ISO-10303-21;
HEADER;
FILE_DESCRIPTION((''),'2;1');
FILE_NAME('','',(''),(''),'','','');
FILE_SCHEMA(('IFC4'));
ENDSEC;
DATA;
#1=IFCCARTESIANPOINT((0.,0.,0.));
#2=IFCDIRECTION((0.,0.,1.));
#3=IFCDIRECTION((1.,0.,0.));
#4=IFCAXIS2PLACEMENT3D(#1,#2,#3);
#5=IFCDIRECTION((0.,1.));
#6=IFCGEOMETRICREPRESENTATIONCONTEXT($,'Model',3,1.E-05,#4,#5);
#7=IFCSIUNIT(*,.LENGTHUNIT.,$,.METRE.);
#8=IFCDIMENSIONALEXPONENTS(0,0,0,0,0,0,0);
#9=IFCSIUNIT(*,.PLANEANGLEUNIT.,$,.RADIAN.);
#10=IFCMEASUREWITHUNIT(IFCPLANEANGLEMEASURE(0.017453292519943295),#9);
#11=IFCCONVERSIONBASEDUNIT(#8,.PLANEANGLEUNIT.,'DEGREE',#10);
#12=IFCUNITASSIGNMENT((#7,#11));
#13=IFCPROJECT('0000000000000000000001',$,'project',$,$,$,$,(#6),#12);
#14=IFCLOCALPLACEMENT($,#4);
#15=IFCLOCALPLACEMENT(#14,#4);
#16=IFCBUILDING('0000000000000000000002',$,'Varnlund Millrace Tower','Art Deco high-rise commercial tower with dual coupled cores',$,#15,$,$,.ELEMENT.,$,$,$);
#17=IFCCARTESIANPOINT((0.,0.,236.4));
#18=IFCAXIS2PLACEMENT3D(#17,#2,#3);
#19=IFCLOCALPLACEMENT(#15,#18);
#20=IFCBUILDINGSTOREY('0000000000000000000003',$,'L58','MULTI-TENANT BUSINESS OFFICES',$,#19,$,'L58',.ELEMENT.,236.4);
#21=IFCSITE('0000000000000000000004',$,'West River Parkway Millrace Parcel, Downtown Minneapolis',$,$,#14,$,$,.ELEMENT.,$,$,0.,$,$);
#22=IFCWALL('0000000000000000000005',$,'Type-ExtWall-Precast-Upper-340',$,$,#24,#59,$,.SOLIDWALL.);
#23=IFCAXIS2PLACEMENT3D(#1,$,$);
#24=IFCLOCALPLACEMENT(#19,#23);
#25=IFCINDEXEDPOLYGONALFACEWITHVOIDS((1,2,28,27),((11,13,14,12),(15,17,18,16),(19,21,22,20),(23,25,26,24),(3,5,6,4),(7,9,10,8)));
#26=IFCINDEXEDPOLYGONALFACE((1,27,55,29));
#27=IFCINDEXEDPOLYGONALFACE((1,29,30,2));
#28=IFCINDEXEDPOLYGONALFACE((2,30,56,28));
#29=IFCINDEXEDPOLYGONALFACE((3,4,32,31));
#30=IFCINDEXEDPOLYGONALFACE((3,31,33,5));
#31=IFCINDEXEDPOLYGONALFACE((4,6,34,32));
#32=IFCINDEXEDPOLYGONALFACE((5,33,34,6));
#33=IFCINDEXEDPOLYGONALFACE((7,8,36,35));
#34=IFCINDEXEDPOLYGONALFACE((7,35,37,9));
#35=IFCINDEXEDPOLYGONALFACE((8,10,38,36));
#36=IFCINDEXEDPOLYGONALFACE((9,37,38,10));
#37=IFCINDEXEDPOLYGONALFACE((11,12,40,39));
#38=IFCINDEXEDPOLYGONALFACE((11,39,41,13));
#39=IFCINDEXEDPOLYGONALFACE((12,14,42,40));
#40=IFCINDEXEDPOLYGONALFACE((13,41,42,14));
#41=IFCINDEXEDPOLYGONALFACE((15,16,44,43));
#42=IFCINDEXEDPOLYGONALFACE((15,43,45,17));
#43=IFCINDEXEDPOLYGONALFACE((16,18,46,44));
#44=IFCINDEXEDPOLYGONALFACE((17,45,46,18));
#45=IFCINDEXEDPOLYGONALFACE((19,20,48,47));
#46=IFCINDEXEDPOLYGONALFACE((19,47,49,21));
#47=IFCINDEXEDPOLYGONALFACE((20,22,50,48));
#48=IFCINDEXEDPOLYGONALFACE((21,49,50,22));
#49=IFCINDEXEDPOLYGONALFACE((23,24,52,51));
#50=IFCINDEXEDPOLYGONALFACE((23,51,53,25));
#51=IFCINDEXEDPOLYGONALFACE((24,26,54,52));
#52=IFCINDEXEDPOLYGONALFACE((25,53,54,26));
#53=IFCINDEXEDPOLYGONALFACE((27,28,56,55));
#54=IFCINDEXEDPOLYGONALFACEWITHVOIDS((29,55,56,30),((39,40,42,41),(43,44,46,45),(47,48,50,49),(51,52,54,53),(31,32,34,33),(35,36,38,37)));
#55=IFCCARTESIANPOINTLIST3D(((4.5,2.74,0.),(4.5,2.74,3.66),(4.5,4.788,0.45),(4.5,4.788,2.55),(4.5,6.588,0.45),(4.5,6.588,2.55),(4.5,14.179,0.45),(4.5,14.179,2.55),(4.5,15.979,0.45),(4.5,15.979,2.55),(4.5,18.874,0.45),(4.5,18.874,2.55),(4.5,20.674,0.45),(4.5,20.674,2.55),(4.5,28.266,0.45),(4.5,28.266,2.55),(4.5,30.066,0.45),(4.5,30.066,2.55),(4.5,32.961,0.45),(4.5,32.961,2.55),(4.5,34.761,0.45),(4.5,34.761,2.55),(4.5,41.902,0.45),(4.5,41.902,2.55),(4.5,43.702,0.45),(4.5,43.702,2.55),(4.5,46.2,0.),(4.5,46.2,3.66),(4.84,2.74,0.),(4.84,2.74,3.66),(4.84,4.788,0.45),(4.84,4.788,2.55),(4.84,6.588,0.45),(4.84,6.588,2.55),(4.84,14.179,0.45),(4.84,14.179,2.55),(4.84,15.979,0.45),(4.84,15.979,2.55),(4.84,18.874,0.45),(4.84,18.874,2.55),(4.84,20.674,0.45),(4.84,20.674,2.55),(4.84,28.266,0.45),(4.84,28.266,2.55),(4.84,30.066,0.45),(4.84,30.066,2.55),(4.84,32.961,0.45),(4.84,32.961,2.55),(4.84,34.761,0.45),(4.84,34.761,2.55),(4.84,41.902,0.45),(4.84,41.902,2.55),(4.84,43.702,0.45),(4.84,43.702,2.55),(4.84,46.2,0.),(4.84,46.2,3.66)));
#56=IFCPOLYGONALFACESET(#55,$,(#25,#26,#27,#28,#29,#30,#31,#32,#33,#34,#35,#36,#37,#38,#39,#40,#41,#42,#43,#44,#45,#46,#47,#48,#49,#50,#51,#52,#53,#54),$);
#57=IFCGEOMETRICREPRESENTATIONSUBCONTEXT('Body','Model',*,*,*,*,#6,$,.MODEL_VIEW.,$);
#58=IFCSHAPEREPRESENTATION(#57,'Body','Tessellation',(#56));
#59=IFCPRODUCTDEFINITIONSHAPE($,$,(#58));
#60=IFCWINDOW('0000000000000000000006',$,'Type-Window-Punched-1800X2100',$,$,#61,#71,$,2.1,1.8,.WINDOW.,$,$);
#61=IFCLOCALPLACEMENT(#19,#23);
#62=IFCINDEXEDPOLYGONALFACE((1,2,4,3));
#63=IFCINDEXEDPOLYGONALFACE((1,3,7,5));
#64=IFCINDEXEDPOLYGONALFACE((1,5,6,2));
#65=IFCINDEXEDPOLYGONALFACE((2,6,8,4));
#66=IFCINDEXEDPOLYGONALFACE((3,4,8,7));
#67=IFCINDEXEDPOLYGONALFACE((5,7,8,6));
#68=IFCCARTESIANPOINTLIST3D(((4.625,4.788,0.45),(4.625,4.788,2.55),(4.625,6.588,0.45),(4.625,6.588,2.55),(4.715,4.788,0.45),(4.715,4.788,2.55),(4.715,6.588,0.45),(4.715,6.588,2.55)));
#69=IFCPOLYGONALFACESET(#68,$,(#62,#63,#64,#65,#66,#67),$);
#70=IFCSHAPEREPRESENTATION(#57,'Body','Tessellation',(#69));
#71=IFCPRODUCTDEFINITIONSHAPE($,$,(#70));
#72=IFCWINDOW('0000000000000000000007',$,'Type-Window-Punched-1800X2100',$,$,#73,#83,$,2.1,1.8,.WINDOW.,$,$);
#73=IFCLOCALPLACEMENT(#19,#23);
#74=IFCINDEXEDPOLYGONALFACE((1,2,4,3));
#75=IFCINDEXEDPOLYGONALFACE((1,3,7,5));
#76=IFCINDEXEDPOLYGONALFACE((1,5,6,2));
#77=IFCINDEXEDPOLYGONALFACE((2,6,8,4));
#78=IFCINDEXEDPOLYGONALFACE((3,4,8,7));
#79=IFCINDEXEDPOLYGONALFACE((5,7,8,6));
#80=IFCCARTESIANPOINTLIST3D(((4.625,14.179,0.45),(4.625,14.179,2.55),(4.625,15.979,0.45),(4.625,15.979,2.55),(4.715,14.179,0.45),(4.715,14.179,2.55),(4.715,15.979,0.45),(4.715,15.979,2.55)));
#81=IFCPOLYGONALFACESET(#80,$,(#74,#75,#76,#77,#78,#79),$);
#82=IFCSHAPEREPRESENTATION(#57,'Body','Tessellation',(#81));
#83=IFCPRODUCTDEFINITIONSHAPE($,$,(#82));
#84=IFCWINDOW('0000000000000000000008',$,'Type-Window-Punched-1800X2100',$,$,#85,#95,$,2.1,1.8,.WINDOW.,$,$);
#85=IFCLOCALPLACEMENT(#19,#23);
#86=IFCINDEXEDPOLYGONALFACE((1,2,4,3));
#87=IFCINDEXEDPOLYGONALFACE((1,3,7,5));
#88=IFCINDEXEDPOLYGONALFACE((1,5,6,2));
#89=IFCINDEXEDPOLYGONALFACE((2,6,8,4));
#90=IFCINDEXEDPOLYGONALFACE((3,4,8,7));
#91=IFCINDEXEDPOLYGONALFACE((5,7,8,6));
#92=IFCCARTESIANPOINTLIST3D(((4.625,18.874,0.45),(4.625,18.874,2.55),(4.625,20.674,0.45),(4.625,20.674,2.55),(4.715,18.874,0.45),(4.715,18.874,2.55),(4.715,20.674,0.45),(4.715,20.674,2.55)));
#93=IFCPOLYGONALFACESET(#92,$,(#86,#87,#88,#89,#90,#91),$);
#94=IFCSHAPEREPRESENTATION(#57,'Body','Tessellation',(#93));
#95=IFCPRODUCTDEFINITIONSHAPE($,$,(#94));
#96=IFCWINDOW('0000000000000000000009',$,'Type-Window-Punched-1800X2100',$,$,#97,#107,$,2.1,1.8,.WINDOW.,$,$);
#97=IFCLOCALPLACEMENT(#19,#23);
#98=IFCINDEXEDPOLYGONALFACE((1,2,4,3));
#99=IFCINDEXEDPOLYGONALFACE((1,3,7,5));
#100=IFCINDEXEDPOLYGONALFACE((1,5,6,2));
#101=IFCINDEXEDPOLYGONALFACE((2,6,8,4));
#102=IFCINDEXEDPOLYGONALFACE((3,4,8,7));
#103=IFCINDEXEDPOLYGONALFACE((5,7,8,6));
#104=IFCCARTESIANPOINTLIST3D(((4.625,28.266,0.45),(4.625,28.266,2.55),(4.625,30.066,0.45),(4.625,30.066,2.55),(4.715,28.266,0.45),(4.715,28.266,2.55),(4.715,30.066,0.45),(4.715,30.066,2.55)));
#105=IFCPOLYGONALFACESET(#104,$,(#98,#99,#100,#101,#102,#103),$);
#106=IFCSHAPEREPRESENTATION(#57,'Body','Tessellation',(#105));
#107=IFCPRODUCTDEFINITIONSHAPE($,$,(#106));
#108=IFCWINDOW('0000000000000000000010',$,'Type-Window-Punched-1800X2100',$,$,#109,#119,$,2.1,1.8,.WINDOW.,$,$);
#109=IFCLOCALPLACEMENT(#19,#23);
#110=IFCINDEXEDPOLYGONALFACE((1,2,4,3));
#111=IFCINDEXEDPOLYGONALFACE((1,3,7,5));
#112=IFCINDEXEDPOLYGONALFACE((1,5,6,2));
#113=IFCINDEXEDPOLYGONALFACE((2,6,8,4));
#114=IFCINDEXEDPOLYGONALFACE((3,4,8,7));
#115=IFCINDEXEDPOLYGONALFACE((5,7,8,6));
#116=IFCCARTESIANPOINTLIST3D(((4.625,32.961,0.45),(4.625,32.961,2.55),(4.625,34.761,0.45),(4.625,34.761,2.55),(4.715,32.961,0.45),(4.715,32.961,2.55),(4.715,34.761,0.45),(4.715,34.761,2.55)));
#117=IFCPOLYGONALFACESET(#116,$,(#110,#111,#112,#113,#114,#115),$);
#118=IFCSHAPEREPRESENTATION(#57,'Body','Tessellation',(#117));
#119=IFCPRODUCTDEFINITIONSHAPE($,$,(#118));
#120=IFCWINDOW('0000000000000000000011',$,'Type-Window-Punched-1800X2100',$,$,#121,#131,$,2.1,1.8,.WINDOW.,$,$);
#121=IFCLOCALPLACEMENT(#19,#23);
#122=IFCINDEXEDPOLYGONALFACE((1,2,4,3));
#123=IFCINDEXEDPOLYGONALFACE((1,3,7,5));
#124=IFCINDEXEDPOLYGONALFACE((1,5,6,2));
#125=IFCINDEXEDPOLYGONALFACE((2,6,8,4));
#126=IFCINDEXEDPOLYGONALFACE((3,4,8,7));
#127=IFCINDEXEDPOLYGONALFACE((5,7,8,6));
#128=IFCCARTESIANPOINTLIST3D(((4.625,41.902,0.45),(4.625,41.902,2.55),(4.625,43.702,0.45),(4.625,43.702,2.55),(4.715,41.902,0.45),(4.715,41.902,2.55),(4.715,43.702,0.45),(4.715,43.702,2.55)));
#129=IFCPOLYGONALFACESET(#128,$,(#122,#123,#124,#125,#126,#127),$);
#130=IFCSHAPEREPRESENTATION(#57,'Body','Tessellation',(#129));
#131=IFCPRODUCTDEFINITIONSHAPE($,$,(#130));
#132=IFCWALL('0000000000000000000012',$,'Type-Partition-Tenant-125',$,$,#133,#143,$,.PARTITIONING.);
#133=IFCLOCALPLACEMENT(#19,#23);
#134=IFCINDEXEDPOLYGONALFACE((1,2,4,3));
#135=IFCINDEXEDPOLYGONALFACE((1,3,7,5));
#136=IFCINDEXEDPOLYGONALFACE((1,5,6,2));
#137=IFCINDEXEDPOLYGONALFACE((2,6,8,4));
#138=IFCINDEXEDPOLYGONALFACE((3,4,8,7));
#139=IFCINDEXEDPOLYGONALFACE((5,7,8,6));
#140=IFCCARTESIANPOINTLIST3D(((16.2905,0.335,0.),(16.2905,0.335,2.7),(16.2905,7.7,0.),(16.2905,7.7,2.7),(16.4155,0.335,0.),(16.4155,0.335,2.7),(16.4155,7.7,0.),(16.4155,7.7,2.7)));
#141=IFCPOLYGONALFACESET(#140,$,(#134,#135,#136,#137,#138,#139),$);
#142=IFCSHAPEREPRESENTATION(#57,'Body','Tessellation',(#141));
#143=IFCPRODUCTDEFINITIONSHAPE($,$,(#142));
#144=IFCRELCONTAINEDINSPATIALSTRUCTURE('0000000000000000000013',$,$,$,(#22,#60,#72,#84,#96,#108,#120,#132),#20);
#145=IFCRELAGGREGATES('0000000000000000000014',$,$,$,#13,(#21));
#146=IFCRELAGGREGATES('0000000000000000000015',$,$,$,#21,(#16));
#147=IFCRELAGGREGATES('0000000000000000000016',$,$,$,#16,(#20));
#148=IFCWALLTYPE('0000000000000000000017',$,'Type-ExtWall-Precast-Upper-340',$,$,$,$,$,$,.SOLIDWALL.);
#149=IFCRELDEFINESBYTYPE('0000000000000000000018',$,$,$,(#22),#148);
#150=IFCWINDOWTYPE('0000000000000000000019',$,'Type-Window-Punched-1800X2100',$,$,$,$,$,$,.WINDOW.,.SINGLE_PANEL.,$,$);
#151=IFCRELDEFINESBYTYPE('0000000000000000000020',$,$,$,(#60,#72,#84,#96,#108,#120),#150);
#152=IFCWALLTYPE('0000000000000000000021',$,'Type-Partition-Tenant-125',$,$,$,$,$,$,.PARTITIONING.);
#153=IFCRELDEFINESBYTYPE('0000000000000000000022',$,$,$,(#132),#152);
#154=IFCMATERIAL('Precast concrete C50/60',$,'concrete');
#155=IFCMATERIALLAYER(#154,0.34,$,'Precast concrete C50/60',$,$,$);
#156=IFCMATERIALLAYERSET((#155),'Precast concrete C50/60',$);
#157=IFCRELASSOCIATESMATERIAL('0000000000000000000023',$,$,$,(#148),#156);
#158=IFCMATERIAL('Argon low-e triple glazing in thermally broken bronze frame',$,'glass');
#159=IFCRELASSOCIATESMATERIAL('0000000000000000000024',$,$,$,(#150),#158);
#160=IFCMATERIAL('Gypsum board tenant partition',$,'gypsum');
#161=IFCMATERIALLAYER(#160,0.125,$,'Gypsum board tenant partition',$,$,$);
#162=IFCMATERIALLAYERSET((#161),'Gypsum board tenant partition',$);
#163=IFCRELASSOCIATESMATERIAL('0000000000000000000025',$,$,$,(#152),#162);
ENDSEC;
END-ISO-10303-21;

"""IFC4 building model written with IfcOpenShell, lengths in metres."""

from ifc_helpers import new_model, entity, si_unit, converted_unit, direction, frame, origin_with_axes, origin_2d_with_axis, place, context, subcontext, project, spatial, polyline, rectangle, outline, extrude, material, layer, layer_set, type_object, element, fill, save


model = new_model("IFC4")

# Units and contexts
model_context = context("Model", 3, precision=1e-05, world=origin_with_axes(), true_north=direction((0.0, 1.0)))
body_context = subcontext(model_context, "Body", "Model", "MODEL_VIEW")
ifc_project = project(units=[si_unit("LENGTHUNIT", "METRE"), converted_unit("PLANEANGLEUNIT", "DEGREE", entity("IfcPlaneAngleMeasure", 0.017453292519943295), si_unit("PLANEANGLEUNIT", "RADIAN"), dimensions=[0, 0, 0, 0, 0, 0, 0])], contexts=[model_context])

# Site, building, storey
site_placement = place(None, origin_with_axes())
site = spatial("IfcSite", under=ifc_project, at=site_placement, Name="West River Parkway Millrace Parcel, Downtown Minneapolis", CompositionType="ELEMENT", RefElevation=0.0)
building_placement = place(site_placement, origin_with_axes())
building = spatial("IfcBuilding", under=site, at=building_placement, Name="Varnlund Millrace Tower", Description="Art Deco high-rise commercial tower with dual coupled cores", CompositionType="ELEMENT")
storey_placement = place(building_placement, frame((0.0, 0.0, 236.4), z_axis=(0.0, 0.0, 1.0), x_axis=(1.0, 0.0, 0.0)))
storey = spatial("IfcBuildingStorey", under=building, at=storey_placement, Name="L58", Description="MULTI-TENANT BUSINESS OFFICES", LongName="L58", CompositionType="ELEMENT", Elevation=236.4)

# Shared definitions
ifc_material_1 = material(Name="Precast concrete C50/60", Category="concrete")
ifc_layer_1 = layer(ifc_material_1, 0.34, Name="Precast concrete C50/60")
ifc_layer_set_1 = layer_set([ifc_layer_1], Name="Precast concrete C50/60")
wall_type_1 = type_object("IfcWallType", Name="Type-ExtWall-Precast-Upper-340", PredefinedType="SOLIDWALL", material=ifc_layer_set_1)

# Wall, openings, windows
wall_1_placement = place(storey_placement, frame((4.67, 2.74, 0.0), z_axis=(0.0, 0.0, 1.0), x_axis=(0.0, 1.0, 0.0)))
wall_1 = element("IfcWall", 1, at=wall_1_placement, inside=storey, type_object=wall_type_1, Name="Type-ExtWall-Precast-Upper-340", PredefinedType="SOLIDWALL", context=body_context, shape_type="SweptSolid", body=[
    extrude(outline(polyline([(0.0, -0.17), (43.46, -0.17), (43.46, 0.17), (0.0, 0.17), (0.0, -0.17)])), origin_with_axes(), (0.0, 0.0, 1.0), 3.66),
])
opening_1_placement = place(wall_1_placement, frame((2.948, 0.0, 0.45), z_axis=(0.0, 0.0, 1.0), x_axis=(1.0, 0.0, 0.0)))
opening_1 = element("IfcOpeningElement", 2, at=opening_1_placement, cuts=wall_1, PredefinedType="OPENING", context=body_context, shape_type="SweptSolid", body=[
    extrude(rectangle(XDim=1.8, YDim=0.36, at=origin_2d_with_axis()), origin_with_axes(), (0.0, 0.0, 1.0), 2.1),
])
opening_2_placement = place(wall_1_placement, frame((12.339, 0.0, 0.45), z_axis=(0.0, 0.0, 1.0), x_axis=(1.0, 0.0, 0.0)))
opening_2 = element("IfcOpeningElement", 3, at=opening_2_placement, cuts=wall_1, PredefinedType="OPENING", context=body_context, shape_type="SweptSolid", body=[
    extrude(rectangle(XDim=1.8, YDim=0.36, at=origin_2d_with_axis()), origin_with_axes(), (0.0, 0.0, 1.0), 2.1),
])
opening_3_placement = place(wall_1_placement, frame((17.034, 0.0, 0.45), z_axis=(0.0, 0.0, 1.0), x_axis=(1.0, 0.0, 0.0)))
opening_3 = element("IfcOpeningElement", 4, at=opening_3_placement, cuts=wall_1, PredefinedType="OPENING", context=body_context, shape_type="SweptSolid", body=[
    extrude(rectangle(XDim=1.8, YDim=0.36, at=origin_2d_with_axis()), origin_with_axes(), (0.0, 0.0, 1.0), 2.1),
])
opening_4_placement = place(wall_1_placement, frame((26.426, 0.0, 0.45), z_axis=(0.0, 0.0, 1.0), x_axis=(1.0, 0.0, 0.0)))
opening_4 = element("IfcOpeningElement", 5, at=opening_4_placement, cuts=wall_1, PredefinedType="OPENING", context=body_context, shape_type="SweptSolid", body=[
    extrude(rectangle(XDim=1.8, YDim=0.36, at=origin_2d_with_axis()), origin_with_axes(), (0.0, 0.0, 1.0), 2.1),
])
opening_5_placement = place(wall_1_placement, frame((31.121, 0.0, 0.45), z_axis=(0.0, 0.0, 1.0), x_axis=(1.0, 0.0, 0.0)))
opening_5 = element("IfcOpeningElement", 6, at=opening_5_placement, cuts=wall_1, PredefinedType="OPENING", context=body_context, shape_type="SweptSolid", body=[
    extrude(rectangle(XDim=1.8, YDim=0.36, at=origin_2d_with_axis()), origin_with_axes(), (0.0, 0.0, 1.0), 2.1),
])
opening_6_placement = place(wall_1_placement, frame((40.062, 0.0, 0.45), z_axis=(0.0, 0.0, 1.0), x_axis=(1.0, 0.0, 0.0)))
opening_6 = element("IfcOpeningElement", 7, at=opening_6_placement, cuts=wall_1, PredefinedType="OPENING", context=body_context, shape_type="SweptSolid", body=[
    extrude(rectangle(XDim=1.8, YDim=0.36, at=origin_2d_with_axis()), origin_with_axes(), (0.0, 0.0, 1.0), 2.1),
])
ifc_material_2 = material(Name="Argon low-e triple glazing in thermally broken bronze frame", Category="glass")
window_type = type_object("IfcWindowType", Name="Type-Window-Punched-1800X2100", PartitioningType="SINGLE_PANEL", PredefinedType="WINDOW", material=ifc_material_2)
window_1_placement = place(wall_1_placement, frame((2.948, 0.0, 0.45), z_axis=(0.0, 0.0, 1.0), x_axis=(1.0, 0.0, 0.0)))
window_1 = element("IfcWindow", 8, at=window_1_placement, inside=storey, type_object=window_type, Name="Type-Window-Punched-1800X2100", OverallHeight=2.1, OverallWidth=1.8, PredefinedType="WINDOW", context=body_context, shape_type="SweptSolid", body=[
    extrude(rectangle(XDim=1.8, YDim=0.09, at=origin_2d_with_axis()), origin_with_axes(), (0.0, 0.0, 1.0), 2.1),
])
fill(opening_1, window_1)
window_2_placement = place(wall_1_placement, frame((12.339, 0.0, 0.45), z_axis=(0.0, 0.0, 1.0), x_axis=(1.0, 0.0, 0.0)))
window_2 = element("IfcWindow", 9, at=window_2_placement, inside=storey, type_object=window_type, Name="Type-Window-Punched-1800X2100", OverallHeight=2.1, OverallWidth=1.8, PredefinedType="WINDOW", context=body_context, shape_type="SweptSolid", body=[
    extrude(rectangle(XDim=1.8, YDim=0.09, at=origin_2d_with_axis()), origin_with_axes(), (0.0, 0.0, 1.0), 2.1),
])
fill(opening_2, window_2)
window_3_placement = place(wall_1_placement, frame((17.034, 0.0, 0.45), z_axis=(0.0, 0.0, 1.0), x_axis=(1.0, 0.0, 0.0)))
window_3 = element("IfcWindow", 10, at=window_3_placement, inside=storey, type_object=window_type, Name="Type-Window-Punched-1800X2100", OverallHeight=2.1, OverallWidth=1.8, PredefinedType="WINDOW", context=body_context, shape_type="SweptSolid", body=[
    extrude(rectangle(XDim=1.8, YDim=0.09, at=origin_2d_with_axis()), origin_with_axes(), (0.0, 0.0, 1.0), 2.1),
])
fill(opening_3, window_3)
window_4_placement = place(wall_1_placement, frame((26.426, 0.0, 0.45), z_axis=(0.0, 0.0, 1.0), x_axis=(1.0, 0.0, 0.0)))
window_4 = element("IfcWindow", 11, at=window_4_placement, inside=storey, type_object=window_type, Name="Type-Window-Punched-1800X2100", OverallHeight=2.1, OverallWidth=1.8, PredefinedType="WINDOW", context=body_context, shape_type="SweptSolid", body=[
    extrude(rectangle(XDim=1.8, YDim=0.09, at=origin_2d_with_axis()), origin_with_axes(), (0.0, 0.0, 1.0), 2.1),
])
fill(opening_4, window_4)
window_5_placement = place(wall_1_placement, frame((31.121, 0.0, 0.45), z_axis=(0.0, 0.0, 1.0), x_axis=(1.0, 0.0, 0.0)))
window_5 = element("IfcWindow", 12, at=window_5_placement, inside=storey, type_object=window_type, Name="Type-Window-Punched-1800X2100", OverallHeight=2.1, OverallWidth=1.8, PredefinedType="WINDOW", context=body_context, shape_type="SweptSolid", body=[
    extrude(rectangle(XDim=1.8, YDim=0.09, at=origin_2d_with_axis()), origin_with_axes(), (0.0, 0.0, 1.0), 2.1),
])
fill(opening_5, window_5)
window_6_placement = place(wall_1_placement, frame((40.062, 0.0, 0.45), z_axis=(0.0, 0.0, 1.0), x_axis=(1.0, 0.0, 0.0)))
window_6 = element("IfcWindow", 13, at=window_6_placement, inside=storey, type_object=window_type, Name="Type-Window-Punched-1800X2100", OverallHeight=2.1, OverallWidth=1.8, PredefinedType="WINDOW", context=body_context, shape_type="SweptSolid", body=[
    extrude(rectangle(XDim=1.8, YDim=0.09, at=origin_2d_with_axis()), origin_with_axes(), (0.0, 0.0, 1.0), 2.1),
])
fill(opening_6, window_6)

# Wall
ifc_material_3 = material(Name="Gypsum board tenant partition", Category="gypsum")
ifc_layer_2 = layer(ifc_material_3, 0.125, Name="Gypsum board tenant partition")
ifc_layer_set_2 = layer_set([ifc_layer_2], Name="Gypsum board tenant partition")
wall_type_2 = type_object("IfcWallType", Name="Type-Partition-Tenant-125", PredefinedType="PARTITIONING", material=ifc_layer_set_2)
wall_2_placement = place(storey_placement, frame((16.353, 0.335, 0.0), z_axis=(0.0, 0.0, 1.0), x_axis=(0.0, 1.0, 0.0)))
element("IfcWall", 14, at=wall_2_placement, inside=storey, type_object=wall_type_2, Name="Type-Partition-Tenant-125", PredefinedType="PARTITIONING", context=body_context, shape_type="SweptSolid", body=[
    extrude(outline(polyline([(0.0, -0.0625), (7.365, -0.0625), (7.365, 0.0625), (0.0, 0.0625), (0.0, -0.0625)])), origin_with_axes(), (0.0, 0.0, 1.0), 2.7),
])

save(model, "model.ifc")
